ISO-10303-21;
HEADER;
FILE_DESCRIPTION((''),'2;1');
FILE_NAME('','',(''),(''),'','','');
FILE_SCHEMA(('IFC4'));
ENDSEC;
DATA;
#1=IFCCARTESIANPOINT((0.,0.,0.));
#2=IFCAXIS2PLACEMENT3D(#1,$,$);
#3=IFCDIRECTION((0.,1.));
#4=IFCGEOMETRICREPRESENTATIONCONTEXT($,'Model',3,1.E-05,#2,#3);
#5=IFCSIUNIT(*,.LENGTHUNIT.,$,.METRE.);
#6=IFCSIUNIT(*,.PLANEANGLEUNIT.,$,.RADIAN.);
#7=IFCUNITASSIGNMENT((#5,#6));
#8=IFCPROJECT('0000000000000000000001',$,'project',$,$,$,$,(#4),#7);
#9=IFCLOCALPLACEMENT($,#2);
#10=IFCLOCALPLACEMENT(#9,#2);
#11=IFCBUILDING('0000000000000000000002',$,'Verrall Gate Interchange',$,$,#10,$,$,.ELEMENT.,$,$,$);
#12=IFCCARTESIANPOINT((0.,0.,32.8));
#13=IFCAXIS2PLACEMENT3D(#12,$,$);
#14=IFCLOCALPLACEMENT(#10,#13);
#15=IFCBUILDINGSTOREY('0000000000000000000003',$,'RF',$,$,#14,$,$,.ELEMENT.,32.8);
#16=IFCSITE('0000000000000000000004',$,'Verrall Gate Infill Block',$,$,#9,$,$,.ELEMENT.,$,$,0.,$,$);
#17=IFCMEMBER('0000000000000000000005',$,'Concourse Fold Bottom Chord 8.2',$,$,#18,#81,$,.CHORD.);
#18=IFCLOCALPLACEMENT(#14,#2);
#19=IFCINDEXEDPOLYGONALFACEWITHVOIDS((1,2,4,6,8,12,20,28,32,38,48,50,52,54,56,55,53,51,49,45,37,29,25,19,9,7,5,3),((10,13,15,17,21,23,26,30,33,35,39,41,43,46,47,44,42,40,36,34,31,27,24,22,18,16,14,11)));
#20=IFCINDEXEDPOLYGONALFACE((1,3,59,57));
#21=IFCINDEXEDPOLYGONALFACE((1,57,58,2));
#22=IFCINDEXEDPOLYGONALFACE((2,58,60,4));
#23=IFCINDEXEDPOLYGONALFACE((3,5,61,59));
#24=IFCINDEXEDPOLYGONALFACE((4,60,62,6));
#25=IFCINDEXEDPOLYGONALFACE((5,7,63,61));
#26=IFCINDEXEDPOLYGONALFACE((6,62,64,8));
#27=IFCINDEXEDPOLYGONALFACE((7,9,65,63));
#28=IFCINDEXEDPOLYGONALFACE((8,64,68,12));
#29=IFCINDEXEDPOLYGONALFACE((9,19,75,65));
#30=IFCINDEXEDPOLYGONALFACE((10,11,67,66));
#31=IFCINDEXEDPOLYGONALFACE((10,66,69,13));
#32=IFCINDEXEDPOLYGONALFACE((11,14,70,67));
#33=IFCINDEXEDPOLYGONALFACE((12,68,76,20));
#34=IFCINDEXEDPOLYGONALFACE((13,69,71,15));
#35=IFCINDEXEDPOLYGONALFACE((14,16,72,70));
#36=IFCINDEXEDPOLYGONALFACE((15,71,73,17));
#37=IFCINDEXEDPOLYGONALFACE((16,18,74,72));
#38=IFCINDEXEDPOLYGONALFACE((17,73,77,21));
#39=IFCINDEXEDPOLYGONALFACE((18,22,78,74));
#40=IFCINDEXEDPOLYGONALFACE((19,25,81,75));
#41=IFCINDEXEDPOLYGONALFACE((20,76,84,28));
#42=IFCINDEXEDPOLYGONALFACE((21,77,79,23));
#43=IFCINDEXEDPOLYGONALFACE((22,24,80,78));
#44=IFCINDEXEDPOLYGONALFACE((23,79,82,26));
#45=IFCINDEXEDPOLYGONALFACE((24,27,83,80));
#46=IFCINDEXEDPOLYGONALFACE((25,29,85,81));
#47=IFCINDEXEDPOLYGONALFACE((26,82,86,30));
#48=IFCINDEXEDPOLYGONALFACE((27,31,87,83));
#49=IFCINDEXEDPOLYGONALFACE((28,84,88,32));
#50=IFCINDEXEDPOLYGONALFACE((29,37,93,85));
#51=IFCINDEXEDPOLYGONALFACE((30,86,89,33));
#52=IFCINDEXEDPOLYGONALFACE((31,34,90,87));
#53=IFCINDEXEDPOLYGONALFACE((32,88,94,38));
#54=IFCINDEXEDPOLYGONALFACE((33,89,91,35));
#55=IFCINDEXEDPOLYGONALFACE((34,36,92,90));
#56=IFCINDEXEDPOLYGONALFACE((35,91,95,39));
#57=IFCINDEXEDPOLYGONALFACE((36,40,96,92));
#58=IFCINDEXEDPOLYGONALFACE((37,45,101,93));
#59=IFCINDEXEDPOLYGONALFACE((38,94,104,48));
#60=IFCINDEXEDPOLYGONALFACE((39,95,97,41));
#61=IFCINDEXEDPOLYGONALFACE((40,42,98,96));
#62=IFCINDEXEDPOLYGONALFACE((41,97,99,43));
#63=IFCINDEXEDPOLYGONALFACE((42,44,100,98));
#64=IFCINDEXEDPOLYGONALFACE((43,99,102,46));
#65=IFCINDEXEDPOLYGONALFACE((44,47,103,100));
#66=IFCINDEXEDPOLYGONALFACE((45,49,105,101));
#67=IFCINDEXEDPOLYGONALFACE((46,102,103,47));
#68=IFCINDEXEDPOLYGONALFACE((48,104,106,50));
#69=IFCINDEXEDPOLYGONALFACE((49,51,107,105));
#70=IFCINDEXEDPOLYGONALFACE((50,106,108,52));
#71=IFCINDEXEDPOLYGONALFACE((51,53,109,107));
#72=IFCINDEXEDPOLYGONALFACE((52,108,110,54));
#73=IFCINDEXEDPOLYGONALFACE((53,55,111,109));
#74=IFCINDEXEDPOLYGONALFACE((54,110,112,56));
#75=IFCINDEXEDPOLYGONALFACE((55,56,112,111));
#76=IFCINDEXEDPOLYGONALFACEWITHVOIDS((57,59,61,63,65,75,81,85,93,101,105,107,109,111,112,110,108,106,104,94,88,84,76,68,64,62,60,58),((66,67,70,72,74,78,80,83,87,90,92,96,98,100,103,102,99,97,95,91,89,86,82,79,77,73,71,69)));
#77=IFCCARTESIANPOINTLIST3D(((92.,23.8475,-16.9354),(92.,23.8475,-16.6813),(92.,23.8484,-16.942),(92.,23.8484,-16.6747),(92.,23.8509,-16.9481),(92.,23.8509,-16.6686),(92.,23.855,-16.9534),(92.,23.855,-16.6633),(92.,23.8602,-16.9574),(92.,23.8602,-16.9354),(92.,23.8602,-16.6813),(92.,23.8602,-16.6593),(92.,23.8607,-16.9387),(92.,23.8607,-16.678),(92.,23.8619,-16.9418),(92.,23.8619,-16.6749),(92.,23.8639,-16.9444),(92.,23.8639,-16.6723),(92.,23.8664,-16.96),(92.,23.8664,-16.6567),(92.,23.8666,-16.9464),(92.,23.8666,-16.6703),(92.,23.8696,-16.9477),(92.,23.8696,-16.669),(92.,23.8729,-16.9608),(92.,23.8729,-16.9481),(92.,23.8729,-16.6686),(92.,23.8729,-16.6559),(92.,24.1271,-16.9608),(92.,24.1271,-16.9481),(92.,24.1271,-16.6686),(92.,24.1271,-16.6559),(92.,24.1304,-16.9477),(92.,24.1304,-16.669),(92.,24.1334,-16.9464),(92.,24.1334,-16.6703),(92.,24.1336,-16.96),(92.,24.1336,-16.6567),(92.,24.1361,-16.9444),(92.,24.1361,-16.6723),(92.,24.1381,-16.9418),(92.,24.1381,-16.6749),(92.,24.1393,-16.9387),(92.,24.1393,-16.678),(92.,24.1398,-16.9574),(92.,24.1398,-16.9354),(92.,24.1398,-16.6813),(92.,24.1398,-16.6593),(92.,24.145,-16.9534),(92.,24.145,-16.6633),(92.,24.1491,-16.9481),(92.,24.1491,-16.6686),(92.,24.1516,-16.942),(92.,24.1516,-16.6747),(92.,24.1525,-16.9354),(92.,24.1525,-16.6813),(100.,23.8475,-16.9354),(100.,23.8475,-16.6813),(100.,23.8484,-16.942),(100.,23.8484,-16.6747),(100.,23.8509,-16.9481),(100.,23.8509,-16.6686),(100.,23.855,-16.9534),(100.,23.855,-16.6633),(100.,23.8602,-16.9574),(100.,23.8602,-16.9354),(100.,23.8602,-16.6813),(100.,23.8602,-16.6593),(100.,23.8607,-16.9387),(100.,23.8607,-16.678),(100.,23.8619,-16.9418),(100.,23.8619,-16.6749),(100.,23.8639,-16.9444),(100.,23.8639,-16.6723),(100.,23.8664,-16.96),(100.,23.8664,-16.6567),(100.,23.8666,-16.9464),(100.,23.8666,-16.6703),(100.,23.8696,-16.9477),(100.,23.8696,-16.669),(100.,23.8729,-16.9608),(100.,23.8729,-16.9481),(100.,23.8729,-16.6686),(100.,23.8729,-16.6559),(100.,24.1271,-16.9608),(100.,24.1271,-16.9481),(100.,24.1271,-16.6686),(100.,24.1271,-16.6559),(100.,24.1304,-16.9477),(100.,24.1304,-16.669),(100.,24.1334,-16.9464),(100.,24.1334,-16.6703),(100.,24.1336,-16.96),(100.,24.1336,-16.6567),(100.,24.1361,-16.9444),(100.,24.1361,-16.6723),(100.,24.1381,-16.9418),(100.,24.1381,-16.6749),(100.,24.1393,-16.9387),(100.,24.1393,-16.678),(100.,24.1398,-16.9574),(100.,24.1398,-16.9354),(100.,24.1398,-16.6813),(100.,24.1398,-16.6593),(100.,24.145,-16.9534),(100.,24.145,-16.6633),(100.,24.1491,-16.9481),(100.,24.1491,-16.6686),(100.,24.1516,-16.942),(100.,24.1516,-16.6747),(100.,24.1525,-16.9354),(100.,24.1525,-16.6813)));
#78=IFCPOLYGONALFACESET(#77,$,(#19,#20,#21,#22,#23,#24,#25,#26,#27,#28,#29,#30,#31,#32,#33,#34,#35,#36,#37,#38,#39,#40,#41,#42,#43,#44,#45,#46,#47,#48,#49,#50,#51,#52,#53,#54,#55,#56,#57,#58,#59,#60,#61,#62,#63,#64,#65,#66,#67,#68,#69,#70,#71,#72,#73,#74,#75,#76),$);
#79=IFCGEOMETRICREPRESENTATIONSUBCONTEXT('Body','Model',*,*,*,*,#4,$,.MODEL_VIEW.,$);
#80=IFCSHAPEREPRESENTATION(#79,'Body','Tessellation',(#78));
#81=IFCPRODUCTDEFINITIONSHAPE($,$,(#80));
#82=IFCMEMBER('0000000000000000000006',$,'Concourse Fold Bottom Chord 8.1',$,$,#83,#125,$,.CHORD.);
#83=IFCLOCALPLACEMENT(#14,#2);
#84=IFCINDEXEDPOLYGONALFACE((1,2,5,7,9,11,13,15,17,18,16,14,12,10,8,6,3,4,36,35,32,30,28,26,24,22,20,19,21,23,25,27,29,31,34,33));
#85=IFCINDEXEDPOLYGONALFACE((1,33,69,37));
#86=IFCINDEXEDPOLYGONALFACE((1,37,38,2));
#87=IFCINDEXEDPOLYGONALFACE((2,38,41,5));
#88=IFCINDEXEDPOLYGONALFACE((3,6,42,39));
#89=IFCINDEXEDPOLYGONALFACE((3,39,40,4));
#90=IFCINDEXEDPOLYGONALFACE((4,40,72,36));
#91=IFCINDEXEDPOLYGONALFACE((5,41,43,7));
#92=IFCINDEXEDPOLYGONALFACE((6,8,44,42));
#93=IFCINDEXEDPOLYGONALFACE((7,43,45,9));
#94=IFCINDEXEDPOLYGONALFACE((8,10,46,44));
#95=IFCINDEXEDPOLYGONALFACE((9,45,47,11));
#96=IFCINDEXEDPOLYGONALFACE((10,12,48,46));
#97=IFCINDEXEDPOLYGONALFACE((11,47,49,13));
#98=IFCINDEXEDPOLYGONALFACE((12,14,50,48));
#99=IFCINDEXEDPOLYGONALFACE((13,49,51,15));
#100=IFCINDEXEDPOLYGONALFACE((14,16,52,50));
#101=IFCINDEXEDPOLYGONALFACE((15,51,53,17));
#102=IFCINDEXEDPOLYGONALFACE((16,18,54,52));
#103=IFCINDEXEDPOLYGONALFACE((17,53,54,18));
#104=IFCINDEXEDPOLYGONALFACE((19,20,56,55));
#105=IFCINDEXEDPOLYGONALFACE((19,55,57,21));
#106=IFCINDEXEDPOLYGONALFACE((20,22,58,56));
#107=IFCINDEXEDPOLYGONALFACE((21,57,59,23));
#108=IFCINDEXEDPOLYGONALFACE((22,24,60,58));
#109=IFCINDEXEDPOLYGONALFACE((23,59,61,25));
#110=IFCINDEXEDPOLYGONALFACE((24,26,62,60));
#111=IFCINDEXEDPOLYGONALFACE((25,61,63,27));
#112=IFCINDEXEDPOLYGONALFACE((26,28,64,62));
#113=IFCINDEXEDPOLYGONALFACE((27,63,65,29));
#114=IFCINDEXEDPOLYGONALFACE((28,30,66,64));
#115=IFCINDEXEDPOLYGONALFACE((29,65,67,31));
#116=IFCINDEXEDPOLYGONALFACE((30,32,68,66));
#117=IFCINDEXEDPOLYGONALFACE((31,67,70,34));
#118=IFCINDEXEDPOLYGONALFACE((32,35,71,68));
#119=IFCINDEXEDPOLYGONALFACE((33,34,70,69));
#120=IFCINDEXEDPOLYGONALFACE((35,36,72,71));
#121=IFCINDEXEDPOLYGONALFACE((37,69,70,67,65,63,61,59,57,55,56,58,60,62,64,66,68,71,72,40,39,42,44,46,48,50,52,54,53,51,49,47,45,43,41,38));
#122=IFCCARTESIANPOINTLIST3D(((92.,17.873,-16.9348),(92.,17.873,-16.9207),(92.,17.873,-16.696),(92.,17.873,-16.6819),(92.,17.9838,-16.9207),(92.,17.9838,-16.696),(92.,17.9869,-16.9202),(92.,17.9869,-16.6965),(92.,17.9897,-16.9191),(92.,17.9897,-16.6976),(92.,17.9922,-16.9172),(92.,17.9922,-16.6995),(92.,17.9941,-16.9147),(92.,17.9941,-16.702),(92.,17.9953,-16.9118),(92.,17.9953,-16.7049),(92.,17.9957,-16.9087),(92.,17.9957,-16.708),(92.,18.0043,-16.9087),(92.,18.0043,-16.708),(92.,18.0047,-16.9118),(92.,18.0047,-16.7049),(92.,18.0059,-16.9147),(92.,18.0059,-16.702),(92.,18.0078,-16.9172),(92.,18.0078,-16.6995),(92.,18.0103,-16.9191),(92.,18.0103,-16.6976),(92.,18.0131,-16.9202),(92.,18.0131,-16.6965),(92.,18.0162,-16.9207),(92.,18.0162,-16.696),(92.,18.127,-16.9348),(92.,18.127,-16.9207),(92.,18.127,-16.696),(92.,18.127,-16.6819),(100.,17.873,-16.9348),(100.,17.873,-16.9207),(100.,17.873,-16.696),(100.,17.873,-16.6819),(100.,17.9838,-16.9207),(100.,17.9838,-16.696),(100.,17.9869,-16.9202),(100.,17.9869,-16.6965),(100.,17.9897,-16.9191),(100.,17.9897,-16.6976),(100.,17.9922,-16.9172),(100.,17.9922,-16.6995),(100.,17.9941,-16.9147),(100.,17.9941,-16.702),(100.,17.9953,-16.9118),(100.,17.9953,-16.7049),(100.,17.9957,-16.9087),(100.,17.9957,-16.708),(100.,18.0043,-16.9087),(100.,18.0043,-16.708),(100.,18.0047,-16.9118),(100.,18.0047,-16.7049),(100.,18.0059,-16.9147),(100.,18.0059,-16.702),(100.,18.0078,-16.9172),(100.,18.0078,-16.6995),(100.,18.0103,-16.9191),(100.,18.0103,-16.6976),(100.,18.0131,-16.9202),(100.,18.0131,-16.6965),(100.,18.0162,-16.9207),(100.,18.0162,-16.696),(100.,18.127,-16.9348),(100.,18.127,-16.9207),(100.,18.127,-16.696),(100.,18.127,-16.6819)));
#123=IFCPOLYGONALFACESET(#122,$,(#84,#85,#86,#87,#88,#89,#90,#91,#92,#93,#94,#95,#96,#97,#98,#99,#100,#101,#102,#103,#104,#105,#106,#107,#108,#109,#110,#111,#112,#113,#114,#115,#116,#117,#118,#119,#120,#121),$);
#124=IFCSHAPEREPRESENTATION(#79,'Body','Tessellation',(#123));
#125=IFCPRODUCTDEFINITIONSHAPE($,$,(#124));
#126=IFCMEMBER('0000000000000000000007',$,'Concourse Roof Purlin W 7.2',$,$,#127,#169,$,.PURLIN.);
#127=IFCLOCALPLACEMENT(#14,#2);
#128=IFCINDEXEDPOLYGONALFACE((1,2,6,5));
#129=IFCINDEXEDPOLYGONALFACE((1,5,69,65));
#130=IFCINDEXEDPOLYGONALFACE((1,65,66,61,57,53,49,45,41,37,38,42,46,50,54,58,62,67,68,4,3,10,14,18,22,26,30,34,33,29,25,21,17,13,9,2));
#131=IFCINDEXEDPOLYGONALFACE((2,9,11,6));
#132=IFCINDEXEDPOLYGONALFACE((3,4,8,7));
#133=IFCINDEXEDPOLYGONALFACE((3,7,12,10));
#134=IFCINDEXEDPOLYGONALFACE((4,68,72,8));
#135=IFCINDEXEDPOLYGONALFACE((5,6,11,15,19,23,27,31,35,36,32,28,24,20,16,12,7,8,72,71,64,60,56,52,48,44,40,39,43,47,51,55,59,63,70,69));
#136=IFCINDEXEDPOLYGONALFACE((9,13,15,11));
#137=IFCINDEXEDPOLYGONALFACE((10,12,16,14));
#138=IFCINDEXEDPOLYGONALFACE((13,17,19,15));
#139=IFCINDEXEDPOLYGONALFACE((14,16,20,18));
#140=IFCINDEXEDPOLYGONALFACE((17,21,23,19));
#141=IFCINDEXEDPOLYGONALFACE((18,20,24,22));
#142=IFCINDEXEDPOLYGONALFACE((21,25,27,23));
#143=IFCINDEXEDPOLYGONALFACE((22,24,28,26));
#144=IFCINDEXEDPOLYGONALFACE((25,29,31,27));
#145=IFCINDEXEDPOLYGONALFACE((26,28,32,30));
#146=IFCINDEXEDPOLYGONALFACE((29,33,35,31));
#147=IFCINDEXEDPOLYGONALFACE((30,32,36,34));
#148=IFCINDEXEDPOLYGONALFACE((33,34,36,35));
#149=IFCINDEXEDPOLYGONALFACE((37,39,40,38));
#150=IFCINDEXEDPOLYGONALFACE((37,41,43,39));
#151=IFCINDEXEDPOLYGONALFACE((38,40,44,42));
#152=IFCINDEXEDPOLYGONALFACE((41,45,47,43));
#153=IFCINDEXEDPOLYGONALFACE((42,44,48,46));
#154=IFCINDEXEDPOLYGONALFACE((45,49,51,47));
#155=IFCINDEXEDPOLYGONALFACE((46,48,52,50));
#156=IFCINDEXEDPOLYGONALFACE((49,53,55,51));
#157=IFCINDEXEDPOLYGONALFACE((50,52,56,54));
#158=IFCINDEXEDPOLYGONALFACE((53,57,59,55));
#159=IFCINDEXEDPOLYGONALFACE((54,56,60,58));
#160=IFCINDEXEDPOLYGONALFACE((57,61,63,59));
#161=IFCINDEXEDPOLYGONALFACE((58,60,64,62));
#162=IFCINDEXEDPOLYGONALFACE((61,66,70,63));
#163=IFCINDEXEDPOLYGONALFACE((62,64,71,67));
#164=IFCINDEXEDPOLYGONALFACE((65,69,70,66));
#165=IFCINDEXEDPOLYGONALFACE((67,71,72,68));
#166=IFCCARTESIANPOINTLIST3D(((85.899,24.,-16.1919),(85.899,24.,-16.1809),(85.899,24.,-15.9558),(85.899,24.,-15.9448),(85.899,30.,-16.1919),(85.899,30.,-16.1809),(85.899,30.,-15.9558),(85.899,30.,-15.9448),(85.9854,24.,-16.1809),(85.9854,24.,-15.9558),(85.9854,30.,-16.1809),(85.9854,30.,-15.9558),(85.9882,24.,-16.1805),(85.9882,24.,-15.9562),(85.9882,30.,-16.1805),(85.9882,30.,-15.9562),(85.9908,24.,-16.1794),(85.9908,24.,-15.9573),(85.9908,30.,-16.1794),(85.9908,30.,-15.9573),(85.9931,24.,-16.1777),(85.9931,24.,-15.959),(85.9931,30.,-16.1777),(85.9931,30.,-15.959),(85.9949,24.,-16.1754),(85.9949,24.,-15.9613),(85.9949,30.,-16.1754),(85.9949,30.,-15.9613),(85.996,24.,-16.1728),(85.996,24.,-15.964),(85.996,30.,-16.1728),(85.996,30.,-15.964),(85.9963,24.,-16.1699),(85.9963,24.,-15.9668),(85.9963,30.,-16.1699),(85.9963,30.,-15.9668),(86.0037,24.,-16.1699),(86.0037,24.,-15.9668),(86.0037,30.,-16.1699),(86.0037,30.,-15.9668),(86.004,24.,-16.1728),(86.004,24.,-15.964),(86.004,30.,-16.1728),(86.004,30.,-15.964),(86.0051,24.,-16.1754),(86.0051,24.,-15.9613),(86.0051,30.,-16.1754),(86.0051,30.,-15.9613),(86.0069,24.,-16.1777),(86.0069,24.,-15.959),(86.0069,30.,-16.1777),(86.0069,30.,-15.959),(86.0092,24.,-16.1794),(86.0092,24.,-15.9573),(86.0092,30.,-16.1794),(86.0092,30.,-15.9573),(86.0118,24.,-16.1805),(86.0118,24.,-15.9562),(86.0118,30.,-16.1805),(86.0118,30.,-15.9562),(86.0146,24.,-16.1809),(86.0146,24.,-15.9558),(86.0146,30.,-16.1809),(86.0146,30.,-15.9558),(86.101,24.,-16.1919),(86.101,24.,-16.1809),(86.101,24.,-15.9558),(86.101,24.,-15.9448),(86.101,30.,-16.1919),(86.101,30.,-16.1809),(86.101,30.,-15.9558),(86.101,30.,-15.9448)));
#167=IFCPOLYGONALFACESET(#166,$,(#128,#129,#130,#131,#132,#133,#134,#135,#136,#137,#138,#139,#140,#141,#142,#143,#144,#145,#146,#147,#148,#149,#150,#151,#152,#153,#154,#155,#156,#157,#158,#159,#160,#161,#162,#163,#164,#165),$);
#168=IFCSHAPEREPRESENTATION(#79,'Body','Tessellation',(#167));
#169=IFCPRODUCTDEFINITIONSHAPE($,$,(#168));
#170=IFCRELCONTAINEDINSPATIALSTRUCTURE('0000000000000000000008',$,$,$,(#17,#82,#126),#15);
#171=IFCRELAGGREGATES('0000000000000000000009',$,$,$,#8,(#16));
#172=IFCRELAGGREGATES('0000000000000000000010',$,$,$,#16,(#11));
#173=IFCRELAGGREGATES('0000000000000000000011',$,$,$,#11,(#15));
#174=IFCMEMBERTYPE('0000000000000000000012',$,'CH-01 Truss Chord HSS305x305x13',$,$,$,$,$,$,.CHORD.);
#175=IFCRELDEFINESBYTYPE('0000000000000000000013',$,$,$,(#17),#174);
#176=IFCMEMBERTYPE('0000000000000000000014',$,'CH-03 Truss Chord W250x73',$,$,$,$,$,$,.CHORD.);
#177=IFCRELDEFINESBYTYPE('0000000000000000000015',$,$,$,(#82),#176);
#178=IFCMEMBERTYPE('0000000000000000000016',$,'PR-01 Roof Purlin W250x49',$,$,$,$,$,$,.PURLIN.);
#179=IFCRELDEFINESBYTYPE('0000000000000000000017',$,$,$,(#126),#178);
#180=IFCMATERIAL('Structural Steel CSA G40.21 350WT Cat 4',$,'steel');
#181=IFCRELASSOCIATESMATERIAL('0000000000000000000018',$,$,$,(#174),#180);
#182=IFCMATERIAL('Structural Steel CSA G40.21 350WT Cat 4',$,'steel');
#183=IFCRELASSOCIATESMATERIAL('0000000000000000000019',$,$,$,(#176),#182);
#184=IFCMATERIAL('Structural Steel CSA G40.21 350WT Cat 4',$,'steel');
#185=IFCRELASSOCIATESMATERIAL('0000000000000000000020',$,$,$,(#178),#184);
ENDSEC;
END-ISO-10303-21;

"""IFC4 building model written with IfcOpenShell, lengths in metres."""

from ifc_helpers import new_model, si_unit, direction, frame, origin, origin_2d, place, context, subcontext, project, spatial, hollow_rectangle, i_section, extrude, material, material_profile, profile_set, type_object, element, save


model = new_model("IFC4")

# Units and contexts
model_context = context("Model", 3, precision=1e-05, world=origin(), true_north=direction((0.0, 1.0)))
body_context = subcontext(model_context, "Body", "Model", "MODEL_VIEW")
ifc_project = project(units=[si_unit("LENGTHUNIT", "METRE"), si_unit("PLANEANGLEUNIT", "RADIAN")], contexts=[model_context])

# Site, building, storey
site_placement = place(None, origin())
site = spatial("IfcSite", under=ifc_project, at=site_placement, Name="Verrall Gate Infill Block", CompositionType="ELEMENT", RefElevation=0.0)
building_placement = place(site_placement, origin())
building = spatial("IfcBuilding", under=site, at=building_placement, Name="Verrall Gate Interchange", CompositionType="ELEMENT")
storey_placement = place(building_placement, frame((0.0, 0.0, 32.8)))
storey = spatial("IfcBuildingStorey", under=building, at=storey_placement, Name="RF", CompositionType="ELEMENT", Elevation=32.8)

# Members
ifc_material_1 = material(Name="Structural Steel CSA G40.21 350WT Cat 4", Category="steel")
ifc_material_profile_1 = material_profile(ifc_material_1, hollow_rectangle(XDim=0.3049, YDim=0.3049, WallThickness=0.0127, InnerFilletRadius=0.0127, OuterFilletRadius=0.0254, at=origin_2d()), Name="HSS305x305x13")
ifc_profile_set_1 = profile_set([ifc_material_profile_1], Name="Structural Steel CSA G40.21 350WT Cat 4")
member_type_1 = type_object("IfcMemberType", Name="CH-01 Truss Chord HSS305x305x13", PredefinedType="CHORD", material=ifc_profile_set_1)
member_1_placement = place(storey_placement, frame((92.0, 24.0, -16.8083), z_axis=(1.0, 0.0, 0.0), x_axis=(0.0, 1.0, 0.0)))
element("IfcMember", 1, at=member_1_placement, inside=storey, type_object=member_type_1, Name="Concourse Fold Bottom Chord 8.2", PredefinedType="CHORD", context=body_context, shape_type="SweptSolid", body=[
    extrude(hollow_rectangle(XDim=0.3049, YDim=0.3049, WallThickness=0.0127, InnerFilletRadius=0.0127, OuterFilletRadius=0.0254, at=origin_2d()), origin(), (0.0, 0.0, 1.0), 8.0),
])
ifc_material_2 = material(Name="Structural Steel CSA G40.21 350WT Cat 4", Category="steel")
ifc_material_profile_2 = material_profile(ifc_material_2, i_section(OverallWidth=0.2539, OverallDepth=0.2529, WebThickness=0.0085, FlangeThickness=0.0142, FilletRadius=0.012, at=origin_2d()), Name="W250x73")
ifc_profile_set_2 = profile_set([ifc_material_profile_2], Name="Structural Steel CSA G40.21 350WT Cat 4")
member_type_2 = type_object("IfcMemberType", Name="CH-03 Truss Chord W250x73", PredefinedType="CHORD", material=ifc_profile_set_2)
member_2_placement = place(storey_placement, frame((92.0, 18.0, -16.8083), z_axis=(1.0, 0.0, 0.0), x_axis=(0.0, 1.0, 0.0)))
element("IfcMember", 2, at=member_2_placement, inside=storey, type_object=member_type_2, Name="Concourse Fold Bottom Chord 8.1", PredefinedType="CHORD", context=body_context, shape_type="SweptSolid", body=[
    extrude(i_section(OverallWidth=0.2539, OverallDepth=0.2529, WebThickness=0.0085, FlangeThickness=0.0142, FilletRadius=0.012, at=origin_2d()), origin(), (0.0, 0.0, 1.0), 8.0),
])
ifc_material_3 = material(Name="Structural Steel CSA G40.21 350WT Cat 4", Category="steel")
ifc_material_profile_3 = material_profile(ifc_material_3, i_section(OverallWidth=0.2019, OverallDepth=0.2471, WebThickness=0.0073, FlangeThickness=0.011, FilletRadius=0.011, at=origin_2d()), Name="W250x49")
ifc_profile_set_3 = profile_set([ifc_material_profile_3], Name="Structural Steel CSA G40.21 350WT Cat 4")
member_type_3 = type_object("IfcMemberType", Name="PR-01 Roof Purlin W250x49", PredefinedType="PURLIN", material=ifc_profile_set_3)
for number, where, z_axis, x_axis, name in (
    (3, (86.0, 24.0, -16.0684), (0.0, 1.0, 0.0), (-1.0, 0.0, 0.0), "Concourse Roof Purlin W 7.2"),
):
    element("IfcMember", number, at=place(storey_placement, frame(where, z_axis=z_axis, x_axis=x_axis)), inside=storey, type_object=member_type_3, Name=name, PredefinedType="PURLIN", context=body_context, shape_type="SweptSolid", body=[
        extrude(i_section(OverallWidth=0.2019, OverallDepth=0.2471, WebThickness=0.0073, FlangeThickness=0.011, FilletRadius=0.011, at=origin_2d()), origin(), (0.0, 0.0, 1.0), 6.0),
    ])

save(model, "model.ifc")
